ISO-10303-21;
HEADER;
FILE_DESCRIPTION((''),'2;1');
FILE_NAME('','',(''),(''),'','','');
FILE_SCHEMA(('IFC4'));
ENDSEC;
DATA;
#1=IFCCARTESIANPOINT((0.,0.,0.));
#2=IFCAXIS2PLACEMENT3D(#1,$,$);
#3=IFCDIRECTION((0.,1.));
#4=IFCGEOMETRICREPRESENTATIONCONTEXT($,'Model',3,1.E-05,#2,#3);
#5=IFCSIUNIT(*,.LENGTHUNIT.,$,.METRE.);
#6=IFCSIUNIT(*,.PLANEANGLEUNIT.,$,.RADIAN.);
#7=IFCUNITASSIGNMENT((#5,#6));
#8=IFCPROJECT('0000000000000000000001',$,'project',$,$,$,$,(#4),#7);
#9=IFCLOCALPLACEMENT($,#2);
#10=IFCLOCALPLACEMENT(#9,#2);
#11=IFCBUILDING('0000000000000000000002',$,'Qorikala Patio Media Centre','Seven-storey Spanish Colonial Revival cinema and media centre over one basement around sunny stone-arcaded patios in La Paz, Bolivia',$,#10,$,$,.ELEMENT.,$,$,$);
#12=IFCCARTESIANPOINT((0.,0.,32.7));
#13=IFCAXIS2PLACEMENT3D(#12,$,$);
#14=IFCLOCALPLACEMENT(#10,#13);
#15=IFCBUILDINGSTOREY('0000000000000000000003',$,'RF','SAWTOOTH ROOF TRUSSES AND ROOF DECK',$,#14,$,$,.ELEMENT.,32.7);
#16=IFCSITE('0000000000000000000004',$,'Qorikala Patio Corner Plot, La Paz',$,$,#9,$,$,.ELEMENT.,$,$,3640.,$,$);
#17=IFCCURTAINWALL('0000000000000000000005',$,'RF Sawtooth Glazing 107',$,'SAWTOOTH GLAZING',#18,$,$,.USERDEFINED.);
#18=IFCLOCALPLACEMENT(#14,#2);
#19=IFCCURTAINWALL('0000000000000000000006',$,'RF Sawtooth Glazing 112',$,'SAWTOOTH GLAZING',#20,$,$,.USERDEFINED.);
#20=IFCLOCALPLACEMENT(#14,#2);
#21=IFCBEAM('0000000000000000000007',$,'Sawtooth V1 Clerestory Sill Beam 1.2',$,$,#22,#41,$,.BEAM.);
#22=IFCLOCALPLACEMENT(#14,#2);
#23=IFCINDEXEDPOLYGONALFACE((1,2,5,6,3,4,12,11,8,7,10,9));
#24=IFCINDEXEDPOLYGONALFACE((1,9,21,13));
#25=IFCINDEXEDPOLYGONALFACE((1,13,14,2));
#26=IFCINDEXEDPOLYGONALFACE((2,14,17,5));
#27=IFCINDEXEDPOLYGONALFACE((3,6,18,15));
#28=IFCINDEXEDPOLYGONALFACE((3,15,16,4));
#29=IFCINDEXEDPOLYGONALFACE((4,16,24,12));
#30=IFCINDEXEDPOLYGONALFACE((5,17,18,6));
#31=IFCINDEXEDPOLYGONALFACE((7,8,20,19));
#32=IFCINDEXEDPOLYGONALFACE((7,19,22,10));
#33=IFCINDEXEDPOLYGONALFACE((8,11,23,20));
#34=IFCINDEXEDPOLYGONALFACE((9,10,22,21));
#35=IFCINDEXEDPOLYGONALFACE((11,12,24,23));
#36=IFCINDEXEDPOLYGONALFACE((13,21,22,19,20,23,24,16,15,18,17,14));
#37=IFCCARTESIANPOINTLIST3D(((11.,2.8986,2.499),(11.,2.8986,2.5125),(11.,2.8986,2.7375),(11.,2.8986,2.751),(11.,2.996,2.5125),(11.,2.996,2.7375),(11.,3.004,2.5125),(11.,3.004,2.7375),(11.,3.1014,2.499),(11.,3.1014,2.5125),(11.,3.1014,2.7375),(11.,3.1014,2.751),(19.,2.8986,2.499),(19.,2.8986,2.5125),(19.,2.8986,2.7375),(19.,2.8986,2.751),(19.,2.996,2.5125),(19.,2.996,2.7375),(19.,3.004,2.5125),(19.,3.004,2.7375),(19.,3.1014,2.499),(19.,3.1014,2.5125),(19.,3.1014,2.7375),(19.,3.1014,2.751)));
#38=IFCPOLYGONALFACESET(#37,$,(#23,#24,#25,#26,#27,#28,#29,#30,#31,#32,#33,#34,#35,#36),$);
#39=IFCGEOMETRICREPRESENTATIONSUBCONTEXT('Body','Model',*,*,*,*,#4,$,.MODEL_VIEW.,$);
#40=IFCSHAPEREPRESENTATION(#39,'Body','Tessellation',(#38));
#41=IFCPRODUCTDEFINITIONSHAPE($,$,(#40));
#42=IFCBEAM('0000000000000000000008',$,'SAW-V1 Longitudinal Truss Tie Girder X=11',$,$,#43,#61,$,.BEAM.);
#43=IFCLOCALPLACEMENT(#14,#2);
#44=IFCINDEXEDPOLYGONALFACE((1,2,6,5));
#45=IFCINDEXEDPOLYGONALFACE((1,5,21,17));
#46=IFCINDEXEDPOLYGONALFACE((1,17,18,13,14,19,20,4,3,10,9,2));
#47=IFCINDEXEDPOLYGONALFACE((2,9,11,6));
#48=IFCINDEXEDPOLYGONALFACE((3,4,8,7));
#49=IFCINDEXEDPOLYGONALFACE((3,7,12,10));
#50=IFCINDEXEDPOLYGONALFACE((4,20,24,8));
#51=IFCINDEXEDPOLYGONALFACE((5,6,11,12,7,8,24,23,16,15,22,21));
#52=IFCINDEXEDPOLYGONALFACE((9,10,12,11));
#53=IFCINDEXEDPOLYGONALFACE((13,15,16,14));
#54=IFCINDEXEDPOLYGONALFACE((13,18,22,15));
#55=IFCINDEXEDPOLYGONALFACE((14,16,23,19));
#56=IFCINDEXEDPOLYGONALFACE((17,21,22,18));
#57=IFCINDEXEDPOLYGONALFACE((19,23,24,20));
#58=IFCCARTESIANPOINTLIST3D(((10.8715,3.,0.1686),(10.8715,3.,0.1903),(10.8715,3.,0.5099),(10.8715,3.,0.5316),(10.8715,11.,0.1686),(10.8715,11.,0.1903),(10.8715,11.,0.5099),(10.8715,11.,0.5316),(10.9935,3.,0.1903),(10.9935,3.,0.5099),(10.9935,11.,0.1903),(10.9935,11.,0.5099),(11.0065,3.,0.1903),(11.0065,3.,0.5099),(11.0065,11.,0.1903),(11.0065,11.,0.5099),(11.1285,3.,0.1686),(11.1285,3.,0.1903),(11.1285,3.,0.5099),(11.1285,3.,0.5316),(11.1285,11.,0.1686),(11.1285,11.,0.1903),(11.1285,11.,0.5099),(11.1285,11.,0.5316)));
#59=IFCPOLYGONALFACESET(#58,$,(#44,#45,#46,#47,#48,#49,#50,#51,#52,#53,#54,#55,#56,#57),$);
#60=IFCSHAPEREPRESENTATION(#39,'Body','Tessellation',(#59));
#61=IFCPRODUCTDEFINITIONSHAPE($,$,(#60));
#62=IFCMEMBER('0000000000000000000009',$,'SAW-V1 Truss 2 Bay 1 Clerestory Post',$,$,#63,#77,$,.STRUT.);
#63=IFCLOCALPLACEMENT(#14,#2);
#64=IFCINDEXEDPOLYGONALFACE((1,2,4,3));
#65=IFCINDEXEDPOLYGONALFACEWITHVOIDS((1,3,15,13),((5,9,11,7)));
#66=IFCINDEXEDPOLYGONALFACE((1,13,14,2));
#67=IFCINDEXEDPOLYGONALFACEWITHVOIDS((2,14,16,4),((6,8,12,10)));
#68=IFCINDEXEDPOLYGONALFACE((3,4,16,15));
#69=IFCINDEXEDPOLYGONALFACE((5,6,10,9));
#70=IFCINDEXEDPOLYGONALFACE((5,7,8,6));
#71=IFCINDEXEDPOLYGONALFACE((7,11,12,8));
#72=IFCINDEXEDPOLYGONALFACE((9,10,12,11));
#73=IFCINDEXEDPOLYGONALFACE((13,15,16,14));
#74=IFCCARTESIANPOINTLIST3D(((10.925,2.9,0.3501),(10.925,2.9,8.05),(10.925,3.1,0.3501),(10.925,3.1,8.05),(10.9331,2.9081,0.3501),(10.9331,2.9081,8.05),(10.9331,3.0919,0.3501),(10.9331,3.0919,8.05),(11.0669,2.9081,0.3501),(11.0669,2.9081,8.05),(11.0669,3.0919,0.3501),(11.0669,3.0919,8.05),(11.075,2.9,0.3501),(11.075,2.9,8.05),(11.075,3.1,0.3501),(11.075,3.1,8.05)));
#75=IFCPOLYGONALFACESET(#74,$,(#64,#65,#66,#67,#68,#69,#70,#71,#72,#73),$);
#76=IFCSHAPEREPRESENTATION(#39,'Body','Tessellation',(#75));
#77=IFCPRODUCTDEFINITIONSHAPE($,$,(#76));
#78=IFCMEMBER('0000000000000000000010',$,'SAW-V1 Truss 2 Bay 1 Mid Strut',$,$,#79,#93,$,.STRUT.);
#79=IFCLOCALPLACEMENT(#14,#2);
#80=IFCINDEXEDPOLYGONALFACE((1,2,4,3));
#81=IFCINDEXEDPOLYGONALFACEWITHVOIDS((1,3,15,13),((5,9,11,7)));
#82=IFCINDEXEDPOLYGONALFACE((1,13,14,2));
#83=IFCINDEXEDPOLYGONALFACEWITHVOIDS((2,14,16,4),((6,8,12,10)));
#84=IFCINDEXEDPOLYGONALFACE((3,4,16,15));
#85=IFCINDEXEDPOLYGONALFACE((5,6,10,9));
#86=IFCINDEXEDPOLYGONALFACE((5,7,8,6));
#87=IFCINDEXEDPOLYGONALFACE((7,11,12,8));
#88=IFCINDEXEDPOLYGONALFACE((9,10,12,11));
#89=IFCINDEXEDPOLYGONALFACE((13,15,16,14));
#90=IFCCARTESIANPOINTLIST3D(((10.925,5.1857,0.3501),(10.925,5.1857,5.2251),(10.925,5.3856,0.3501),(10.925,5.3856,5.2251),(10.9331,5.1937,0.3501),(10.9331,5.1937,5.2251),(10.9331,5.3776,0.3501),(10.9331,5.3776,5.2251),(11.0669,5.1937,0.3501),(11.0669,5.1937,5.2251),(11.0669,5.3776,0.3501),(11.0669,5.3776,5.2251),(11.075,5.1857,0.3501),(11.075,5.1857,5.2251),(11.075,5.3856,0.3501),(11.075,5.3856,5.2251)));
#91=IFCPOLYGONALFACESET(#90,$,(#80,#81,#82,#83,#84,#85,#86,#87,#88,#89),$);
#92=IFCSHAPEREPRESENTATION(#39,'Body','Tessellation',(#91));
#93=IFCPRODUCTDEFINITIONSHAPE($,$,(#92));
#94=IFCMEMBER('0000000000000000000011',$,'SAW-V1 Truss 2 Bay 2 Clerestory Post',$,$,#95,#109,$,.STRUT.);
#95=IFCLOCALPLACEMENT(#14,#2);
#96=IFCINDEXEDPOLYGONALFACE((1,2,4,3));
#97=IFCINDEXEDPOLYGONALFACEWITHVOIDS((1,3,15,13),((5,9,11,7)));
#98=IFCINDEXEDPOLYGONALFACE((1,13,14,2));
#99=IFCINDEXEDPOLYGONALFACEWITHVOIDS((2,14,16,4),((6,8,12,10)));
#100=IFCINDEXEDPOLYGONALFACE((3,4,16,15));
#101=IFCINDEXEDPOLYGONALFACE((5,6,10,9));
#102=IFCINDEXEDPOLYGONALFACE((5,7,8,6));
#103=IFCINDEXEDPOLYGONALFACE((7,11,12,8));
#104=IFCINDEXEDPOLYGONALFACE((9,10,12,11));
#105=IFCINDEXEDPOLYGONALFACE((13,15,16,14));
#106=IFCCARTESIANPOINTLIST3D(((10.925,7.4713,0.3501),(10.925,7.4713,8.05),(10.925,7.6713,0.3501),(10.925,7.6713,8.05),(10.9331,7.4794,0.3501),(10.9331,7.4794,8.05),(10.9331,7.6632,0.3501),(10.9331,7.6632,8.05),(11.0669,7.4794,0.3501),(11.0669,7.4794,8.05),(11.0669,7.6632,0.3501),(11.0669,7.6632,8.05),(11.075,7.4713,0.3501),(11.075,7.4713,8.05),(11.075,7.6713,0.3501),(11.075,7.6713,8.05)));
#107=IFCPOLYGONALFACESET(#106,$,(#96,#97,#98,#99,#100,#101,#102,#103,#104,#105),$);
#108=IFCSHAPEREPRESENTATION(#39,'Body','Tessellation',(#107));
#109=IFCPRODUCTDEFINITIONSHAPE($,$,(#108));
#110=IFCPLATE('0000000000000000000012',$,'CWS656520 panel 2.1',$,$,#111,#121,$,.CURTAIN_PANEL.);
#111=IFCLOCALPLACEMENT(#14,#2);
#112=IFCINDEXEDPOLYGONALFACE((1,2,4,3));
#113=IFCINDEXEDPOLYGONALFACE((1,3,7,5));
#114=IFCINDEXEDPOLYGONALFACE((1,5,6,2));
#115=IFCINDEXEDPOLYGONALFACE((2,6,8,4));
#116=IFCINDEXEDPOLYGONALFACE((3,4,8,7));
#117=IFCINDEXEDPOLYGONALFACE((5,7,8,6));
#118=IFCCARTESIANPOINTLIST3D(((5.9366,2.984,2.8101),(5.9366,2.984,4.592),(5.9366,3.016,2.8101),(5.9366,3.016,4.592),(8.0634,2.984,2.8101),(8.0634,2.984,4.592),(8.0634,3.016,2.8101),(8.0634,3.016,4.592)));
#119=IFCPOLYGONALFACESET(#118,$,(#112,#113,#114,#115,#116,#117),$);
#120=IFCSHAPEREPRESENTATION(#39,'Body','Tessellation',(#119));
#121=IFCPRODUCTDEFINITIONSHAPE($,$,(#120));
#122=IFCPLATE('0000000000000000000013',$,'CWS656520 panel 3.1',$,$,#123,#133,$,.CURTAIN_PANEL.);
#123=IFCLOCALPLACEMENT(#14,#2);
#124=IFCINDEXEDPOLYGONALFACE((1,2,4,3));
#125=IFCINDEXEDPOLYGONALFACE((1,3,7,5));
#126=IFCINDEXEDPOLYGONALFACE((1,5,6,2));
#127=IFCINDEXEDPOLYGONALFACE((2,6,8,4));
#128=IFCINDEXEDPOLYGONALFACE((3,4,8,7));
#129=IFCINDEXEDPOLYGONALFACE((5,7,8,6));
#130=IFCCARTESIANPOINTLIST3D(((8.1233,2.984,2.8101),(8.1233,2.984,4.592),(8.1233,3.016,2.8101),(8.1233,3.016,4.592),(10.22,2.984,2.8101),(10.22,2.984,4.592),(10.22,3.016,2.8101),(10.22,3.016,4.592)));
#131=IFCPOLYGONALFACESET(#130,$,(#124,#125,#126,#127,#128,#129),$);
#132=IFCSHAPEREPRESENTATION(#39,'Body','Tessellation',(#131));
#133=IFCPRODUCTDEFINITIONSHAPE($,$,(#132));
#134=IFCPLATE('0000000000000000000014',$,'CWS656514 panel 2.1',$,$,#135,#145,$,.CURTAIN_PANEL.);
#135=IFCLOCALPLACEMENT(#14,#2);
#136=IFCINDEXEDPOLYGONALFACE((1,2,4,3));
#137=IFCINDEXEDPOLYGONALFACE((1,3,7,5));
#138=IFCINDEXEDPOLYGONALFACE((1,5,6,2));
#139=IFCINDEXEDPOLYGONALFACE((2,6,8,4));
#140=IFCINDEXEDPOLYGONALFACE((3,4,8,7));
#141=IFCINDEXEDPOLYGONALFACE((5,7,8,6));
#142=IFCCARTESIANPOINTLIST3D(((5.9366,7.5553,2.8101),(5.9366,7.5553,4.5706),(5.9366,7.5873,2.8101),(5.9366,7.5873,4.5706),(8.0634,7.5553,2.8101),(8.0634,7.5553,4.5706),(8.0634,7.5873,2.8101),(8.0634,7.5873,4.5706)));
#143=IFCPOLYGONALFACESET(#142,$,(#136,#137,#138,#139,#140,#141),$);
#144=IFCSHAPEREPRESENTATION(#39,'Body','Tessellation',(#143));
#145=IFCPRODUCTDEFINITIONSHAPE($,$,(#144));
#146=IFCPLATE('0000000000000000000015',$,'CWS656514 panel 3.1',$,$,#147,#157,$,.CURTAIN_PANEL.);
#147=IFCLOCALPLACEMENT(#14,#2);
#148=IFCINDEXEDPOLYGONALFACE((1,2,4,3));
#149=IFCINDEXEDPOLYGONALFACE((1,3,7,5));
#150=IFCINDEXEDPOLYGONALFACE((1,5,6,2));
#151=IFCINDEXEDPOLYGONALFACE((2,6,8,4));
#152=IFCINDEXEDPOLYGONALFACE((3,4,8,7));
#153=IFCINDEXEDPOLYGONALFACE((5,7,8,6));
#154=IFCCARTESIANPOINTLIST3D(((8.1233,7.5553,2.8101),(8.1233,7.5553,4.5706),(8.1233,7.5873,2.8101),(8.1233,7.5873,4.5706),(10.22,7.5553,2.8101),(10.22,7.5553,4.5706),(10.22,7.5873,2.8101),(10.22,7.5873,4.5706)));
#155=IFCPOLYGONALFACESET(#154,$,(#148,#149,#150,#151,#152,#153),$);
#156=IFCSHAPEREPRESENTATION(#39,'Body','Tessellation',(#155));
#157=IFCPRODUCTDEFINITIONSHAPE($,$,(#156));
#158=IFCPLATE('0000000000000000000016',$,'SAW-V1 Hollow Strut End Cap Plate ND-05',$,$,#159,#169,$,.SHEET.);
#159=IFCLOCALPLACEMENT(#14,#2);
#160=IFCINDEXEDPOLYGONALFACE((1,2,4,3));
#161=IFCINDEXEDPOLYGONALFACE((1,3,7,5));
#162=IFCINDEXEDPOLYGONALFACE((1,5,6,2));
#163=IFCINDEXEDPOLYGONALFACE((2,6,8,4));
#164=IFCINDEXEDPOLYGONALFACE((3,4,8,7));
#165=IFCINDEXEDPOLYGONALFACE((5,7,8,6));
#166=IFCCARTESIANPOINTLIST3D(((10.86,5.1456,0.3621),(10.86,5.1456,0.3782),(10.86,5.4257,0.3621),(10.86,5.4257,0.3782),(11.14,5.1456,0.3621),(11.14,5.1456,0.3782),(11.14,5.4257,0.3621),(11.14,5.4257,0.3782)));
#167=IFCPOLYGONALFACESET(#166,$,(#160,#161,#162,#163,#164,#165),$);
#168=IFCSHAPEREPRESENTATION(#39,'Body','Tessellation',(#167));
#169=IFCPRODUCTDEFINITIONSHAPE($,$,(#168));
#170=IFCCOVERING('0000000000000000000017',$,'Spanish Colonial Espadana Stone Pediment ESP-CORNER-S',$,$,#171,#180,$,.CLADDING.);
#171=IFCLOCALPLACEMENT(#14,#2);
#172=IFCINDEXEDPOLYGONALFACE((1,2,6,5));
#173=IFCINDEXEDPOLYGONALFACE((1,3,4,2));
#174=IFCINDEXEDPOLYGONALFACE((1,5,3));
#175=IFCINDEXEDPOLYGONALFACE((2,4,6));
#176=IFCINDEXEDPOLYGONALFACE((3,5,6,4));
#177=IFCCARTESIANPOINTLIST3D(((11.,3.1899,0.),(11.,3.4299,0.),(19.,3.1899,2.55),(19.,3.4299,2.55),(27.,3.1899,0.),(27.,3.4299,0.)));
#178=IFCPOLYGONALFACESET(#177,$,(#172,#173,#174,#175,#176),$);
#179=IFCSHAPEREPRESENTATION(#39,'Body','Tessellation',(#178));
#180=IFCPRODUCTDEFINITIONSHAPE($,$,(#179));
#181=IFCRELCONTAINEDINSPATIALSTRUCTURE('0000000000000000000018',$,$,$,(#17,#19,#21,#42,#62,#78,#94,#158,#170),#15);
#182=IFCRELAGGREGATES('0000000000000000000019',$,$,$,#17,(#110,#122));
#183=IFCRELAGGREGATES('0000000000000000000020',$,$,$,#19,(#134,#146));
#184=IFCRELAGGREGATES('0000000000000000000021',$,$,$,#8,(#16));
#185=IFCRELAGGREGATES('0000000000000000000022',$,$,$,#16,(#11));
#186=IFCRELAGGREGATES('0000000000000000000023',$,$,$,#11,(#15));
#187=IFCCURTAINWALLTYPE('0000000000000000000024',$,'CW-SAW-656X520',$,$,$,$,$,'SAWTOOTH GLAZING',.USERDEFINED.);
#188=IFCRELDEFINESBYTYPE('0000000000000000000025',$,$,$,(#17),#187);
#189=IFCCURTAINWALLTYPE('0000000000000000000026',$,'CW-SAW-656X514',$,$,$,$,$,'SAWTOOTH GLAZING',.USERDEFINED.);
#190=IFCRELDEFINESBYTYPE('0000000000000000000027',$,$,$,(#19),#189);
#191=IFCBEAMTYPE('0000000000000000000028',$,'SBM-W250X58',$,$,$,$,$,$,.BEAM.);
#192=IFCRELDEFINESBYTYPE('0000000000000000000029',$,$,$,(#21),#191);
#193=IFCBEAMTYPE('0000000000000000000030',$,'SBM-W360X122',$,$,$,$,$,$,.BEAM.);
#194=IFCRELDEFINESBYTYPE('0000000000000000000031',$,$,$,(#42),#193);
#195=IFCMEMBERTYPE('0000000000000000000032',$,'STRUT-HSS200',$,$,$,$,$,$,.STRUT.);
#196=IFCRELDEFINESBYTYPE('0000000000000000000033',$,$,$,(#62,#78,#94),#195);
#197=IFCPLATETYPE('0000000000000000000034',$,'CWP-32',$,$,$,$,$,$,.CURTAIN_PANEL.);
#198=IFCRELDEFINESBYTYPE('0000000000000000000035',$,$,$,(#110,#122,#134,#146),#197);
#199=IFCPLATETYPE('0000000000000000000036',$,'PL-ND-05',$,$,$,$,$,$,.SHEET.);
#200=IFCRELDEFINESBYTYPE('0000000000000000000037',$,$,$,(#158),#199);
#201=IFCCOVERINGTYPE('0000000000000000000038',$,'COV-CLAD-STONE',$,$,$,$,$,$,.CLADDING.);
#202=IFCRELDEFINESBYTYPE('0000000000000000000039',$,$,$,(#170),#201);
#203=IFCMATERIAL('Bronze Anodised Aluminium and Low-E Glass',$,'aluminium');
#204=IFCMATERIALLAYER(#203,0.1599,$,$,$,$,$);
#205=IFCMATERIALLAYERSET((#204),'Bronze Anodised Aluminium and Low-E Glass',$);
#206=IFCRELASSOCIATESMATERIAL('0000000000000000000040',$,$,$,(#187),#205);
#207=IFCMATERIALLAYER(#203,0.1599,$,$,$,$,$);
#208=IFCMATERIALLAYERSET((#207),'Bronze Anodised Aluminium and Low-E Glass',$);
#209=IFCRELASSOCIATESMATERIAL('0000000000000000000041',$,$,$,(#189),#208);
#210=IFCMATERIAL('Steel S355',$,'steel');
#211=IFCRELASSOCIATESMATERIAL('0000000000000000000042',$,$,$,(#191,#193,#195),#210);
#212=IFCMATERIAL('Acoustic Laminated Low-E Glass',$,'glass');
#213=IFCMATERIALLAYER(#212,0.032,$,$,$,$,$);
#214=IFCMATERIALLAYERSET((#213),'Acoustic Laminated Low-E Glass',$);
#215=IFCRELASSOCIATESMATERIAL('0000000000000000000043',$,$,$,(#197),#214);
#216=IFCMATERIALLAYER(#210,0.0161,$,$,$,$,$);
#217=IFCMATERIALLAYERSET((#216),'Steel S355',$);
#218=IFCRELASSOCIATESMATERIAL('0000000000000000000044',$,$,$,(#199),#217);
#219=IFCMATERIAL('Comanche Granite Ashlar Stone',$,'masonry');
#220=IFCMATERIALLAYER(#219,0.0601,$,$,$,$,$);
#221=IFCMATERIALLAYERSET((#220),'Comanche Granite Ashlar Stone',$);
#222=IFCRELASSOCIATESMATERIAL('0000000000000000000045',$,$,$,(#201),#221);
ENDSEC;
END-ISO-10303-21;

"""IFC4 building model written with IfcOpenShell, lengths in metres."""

from ifc_helpers import new_model, si_unit, direction, frame, origin, origin_2d, place, context, subcontext, project, spatial, polyline, rectangle, hollow_rectangle, i_section, outline, extrude, material, layer, layer_set, material_profile, profile_set, type_object, element, aggregate, save


model = new_model("IFC4")

# Units and contexts
model_context = context("Model", 3, precision=1e-05, world=origin(), true_north=direction((0.0, 1.0)))
body_context = subcontext(model_context, "Body", "Model", "MODEL_VIEW")
ifc_project = project(units=[si_unit("LENGTHUNIT", "METRE"), si_unit("PLANEANGLEUNIT", "RADIAN")], contexts=[model_context])

# Site, building, storey
site_placement = place(None, origin())
site = spatial("IfcSite", under=ifc_project, at=site_placement, Name="Qorikala Patio Corner Plot, La Paz", CompositionType="ELEMENT", RefElevation=3640.0)
building_placement = place(site_placement, origin())
building = spatial("IfcBuilding", under=site, at=building_placement, Name="Qorikala Patio Media Centre", Description="Seven-storey Spanish Colonial Revival cinema and media centre over one basement around sunny stone-arcaded patios in La Paz, Bolivia", CompositionType="ELEMENT")
storey_placement = place(building_placement, frame((0.0, 0.0, 32.7)))
storey = spatial("IfcBuildingStorey", under=building, at=storey_placement, Name="RF", Description="SAWTOOTH ROOF TRUSSES AND ROOF DECK", CompositionType="ELEMENT", Elevation=32.7)

# Shared definitions
ifc_material_1 = material(Name="Steel S355", Category="steel")

# Curtain walls
ifc_material_2 = material(Name="Bronze Anodised Aluminium and Low-E Glass", Category="aluminium")
ifc_layer_1 = layer(ifc_material_2, 0.1599)
ifc_layer_set_1 = layer_set([ifc_layer_1], Name="Bronze Anodised Aluminium and Low-E Glass")
curtain_wall_type_1 = type_object("IfcCurtainWallType", Name="CW-SAW-656X520", ElementType="SAWTOOTH GLAZING", PredefinedType="USERDEFINED", material=ifc_layer_set_1)
curtain_wall_1_placement = place(storey_placement, origin())
curtain_wall_1 = element("IfcCurtainWall", 1, at=curtain_wall_1_placement, inside=storey, type_object=curtain_wall_type_1, Name="RF Sawtooth Glazing 107", ObjectType="SAWTOOTH GLAZING", PredefinedType="USERDEFINED")
ifc_layer_2 = layer(ifc_material_2, 0.1599)
ifc_layer_set_2 = layer_set([ifc_layer_2], Name="Bronze Anodised Aluminium and Low-E Glass")
curtain_wall_type_2 = type_object("IfcCurtainWallType", Name="CW-SAW-656X514", ElementType="SAWTOOTH GLAZING", PredefinedType="USERDEFINED", material=ifc_layer_set_2)
curtain_wall_2_placement = place(storey_placement, origin())
curtain_wall_2 = element("IfcCurtainWall", 2, at=curtain_wall_2_placement, inside=storey, type_object=curtain_wall_type_2, Name="RF Sawtooth Glazing 112", ObjectType="SAWTOOTH GLAZING", PredefinedType="USERDEFINED")

# Beams
ifc_material_profile_1 = material_profile(ifc_material_1, i_section(OverallWidth=0.2029, OverallDepth=0.252, WebThickness=0.0081, FlangeThickness=0.0134, at=origin_2d()), Name="W250X58")
ifc_profile_set_1 = profile_set([ifc_material_profile_1], Name="Steel S355")
beam_type_1 = type_object("IfcBeamType", Name="SBM-W250X58", PredefinedType="BEAM", material=ifc_profile_set_1)
beam_1_placement = place(storey_placement, frame((11.0, 3.0, 2.625), z_axis=(1.0, 0.0, 0.0), x_axis=(0.0, 1.0, 0.0)))
element("IfcBeam", 3, at=beam_1_placement, inside=storey, type_object=beam_type_1, Name="Sawtooth V1 Clerestory Sill Beam 1.2", PredefinedType="BEAM", context=body_context, shape_type="SweptSolid", body=[
    extrude(i_section(OverallWidth=0.2029, OverallDepth=0.252, WebThickness=0.0081, FlangeThickness=0.0134, at=origin_2d()), origin(), (0.0, 0.0, 1.0), 8.0),
])
ifc_material_profile_2 = material_profile(ifc_material_1, i_section(OverallWidth=0.2571, OverallDepth=0.363, WebThickness=0.0129, FlangeThickness=0.0217, at=origin_2d()), Name="W360X122")
ifc_profile_set_2 = profile_set([ifc_material_profile_2], Name="Steel S355")
beam_type_2 = type_object("IfcBeamType", Name="SBM-W360X122", PredefinedType="BEAM", material=ifc_profile_set_2)
beam_2_placement = place(storey_placement, frame((11.0, 3.0, 0.3501), z_axis=(0.0, 1.0, 0.0), x_axis=(-1.0, 0.0, 0.0)))
element("IfcBeam", 4, at=beam_2_placement, inside=storey, type_object=beam_type_2, Name="SAW-V1 Longitudinal Truss Tie Girder X=11", PredefinedType="BEAM", context=body_context, shape_type="SweptSolid", body=[
    extrude(i_section(OverallWidth=0.2571, OverallDepth=0.363, WebThickness=0.0129, FlangeThickness=0.0217, at=origin_2d()), origin(), (0.0, 0.0, 1.0), 8.0),
])

# Members
ifc_material_profile_3 = material_profile(ifc_material_1, hollow_rectangle(XDim=0.1499, YDim=0.2, WallThickness=0.0081, at=origin_2d()), Name="HSS200X150X8")
ifc_profile_set_3 = profile_set([ifc_material_profile_3], Name="Steel S355")
member_type_1 = type_object("IfcMemberType", Name="STRUT-HSS200", PredefinedType="STRUT", material=ifc_profile_set_3)
member_1_placement = place(storey_placement, frame((11.0, 3.0, 0.3501), z_axis=(0.0, 0.0, 1.0), x_axis=(1.0, 0.0, 0.0)))
element("IfcMember", 5, at=member_1_placement, inside=storey, type_object=member_type_1, Name="SAW-V1 Truss 2 Bay 1 Clerestory Post", PredefinedType="STRUT", context=body_context, shape_type="SweptSolid", body=[
    extrude(hollow_rectangle(XDim=0.1499, YDim=0.2, WallThickness=0.0081, at=origin_2d()), origin(), (0.0, 0.0, 1.0), 7.7),
])
member_2_placement = place(storey_placement, frame((11.0, 5.2856, 0.3501), z_axis=(0.0, 0.0, 1.0), x_axis=(1.0, 0.0, 0.0)))
element("IfcMember", 6, at=member_2_placement, inside=storey, type_object=member_type_1, Name="SAW-V1 Truss 2 Bay 1 Mid Strut", PredefinedType="STRUT", context=body_context, shape_type="SweptSolid", body=[
    extrude(hollow_rectangle(XDim=0.1499, YDim=0.2, WallThickness=0.0081, at=origin_2d()), origin(), (0.0, 0.0, 1.0), 4.875),
])
member_3_placement = place(storey_placement, frame((11.0, 7.5713, 0.3501), z_axis=(0.0, 0.0, 1.0), x_axis=(1.0, 0.0, 0.0)))
element("IfcMember", 7, at=member_3_placement, inside=storey, type_object=member_type_1, Name="SAW-V1 Truss 2 Bay 2 Clerestory Post", PredefinedType="STRUT", context=body_context, shape_type="SweptSolid", body=[
    extrude(hollow_rectangle(XDim=0.1499, YDim=0.2, WallThickness=0.0081, at=origin_2d()), origin(), (0.0, 0.0, 1.0), 7.7),
])

# Plates
ifc_material_3 = material(Name="Acoustic Laminated Low-E Glass", Category="glass")
ifc_layer_3 = layer(ifc_material_3, 0.032)
ifc_layer_set_3 = layer_set([ifc_layer_3], Name="Acoustic Laminated Low-E Glass")
plate_type_1 = type_object("IfcPlateType", Name="CWP-32", PredefinedType="CURTAIN_PANEL", material=ifc_layer_set_3)
plate_1_placement = place(storey_placement, frame((7.0, 3.0, 2.8101), z_axis=(0.0, 0.0, 1.0), x_axis=(1.0, 0.0, 0.0)))
plate_1 = element("IfcPlate", 8, at=plate_1_placement, type_object=plate_type_1, Name="CWS656520 panel 2.1", PredefinedType="CURTAIN_PANEL", context=body_context, shape_type="SweptSolid", body=[
    extrude(rectangle(XDim=2.1267, YDim=0.032, at=origin_2d()), origin(), (0.0, 0.0, 1.0), 1.782),
])
plate_2_placement = place(storey_placement, frame((9.1716, 3.0, 2.8101), z_axis=(0.0, 0.0, 1.0), x_axis=(1.0, 0.0, 0.0)))
plate_2 = element("IfcPlate", 9, at=plate_2_placement, type_object=plate_type_1, Name="CWS656520 panel 3.1", PredefinedType="CURTAIN_PANEL", context=body_context, shape_type="SweptSolid", body=[
    extrude(rectangle(XDim=2.0967, YDim=0.032, at=origin_2d()), origin(), (0.0, 0.0, 1.0), 1.782),
])
aggregate(curtain_wall_1, [plate_1, plate_2])
plate_3_placement = place(storey_placement, frame((7.0, 7.5713, 2.8101), z_axis=(0.0, 0.0, 1.0), x_axis=(1.0, 0.0, 0.0)))
plate_3 = element("IfcPlate", 10, at=plate_3_placement, type_object=plate_type_1, Name="CWS656514 panel 2.1", PredefinedType="CURTAIN_PANEL", context=body_context, shape_type="SweptSolid", body=[
    extrude(rectangle(XDim=2.1267, YDim=0.032, at=origin_2d()), origin(), (0.0, 0.0, 1.0), 1.7605),
])
plate_4_placement = place(storey_placement, frame((9.1716, 7.5713, 2.8101), z_axis=(0.0, 0.0, 1.0), x_axis=(1.0, 0.0, 0.0)))
plate_4 = element("IfcPlate", 11, at=plate_4_placement, type_object=plate_type_1, Name="CWS656514 panel 3.1", PredefinedType="CURTAIN_PANEL", context=body_context, shape_type="SweptSolid", body=[
    extrude(rectangle(XDim=2.0967, YDim=0.032, at=origin_2d()), origin(), (0.0, 0.0, 1.0), 1.7605),
])
aggregate(curtain_wall_2, [plate_3, plate_4])
ifc_layer_4 = layer(ifc_material_1, 0.0161)
ifc_layer_set_4 = layer_set([ifc_layer_4], Name="Steel S355")
plate_type_2 = type_object("IfcPlateType", Name="PL-ND-05", PredefinedType="SHEET", material=ifc_layer_set_4)
plate_5_placement = place(storey_placement, frame((11.0, 5.2856, 0.3621), z_axis=(0.0, 0.0, 1.0), x_axis=(1.0, 0.0, 0.0)))
element("IfcPlate", 12, at=plate_5_placement, inside=storey, type_object=plate_type_2, Name="SAW-V1 Hollow Strut End Cap Plate ND-05", PredefinedType="SHEET", context=body_context, shape_type="SweptSolid", body=[
    extrude(rectangle(XDim=0.28, YDim=0.28, at=origin_2d()), origin(), (0.0, 0.0, 1.0), 0.0161),
])

# Covering
ifc_material_4 = material(Name="Comanche Granite Ashlar Stone", Category="masonry")
ifc_layer_5 = layer(ifc_material_4, 0.0601)
ifc_layer_set_5 = layer_set([ifc_layer_5], Name="Comanche Granite Ashlar Stone")
covering_type = type_object("IfcCoveringType", Name="COV-CLAD-STONE", PredefinedType="CLADDING", material=ifc_layer_set_5)
covering_placement = place(storey_placement, frame((11.0, 3.1899, 0.0), z_axis=(0.0, -1.0, 0.0), x_axis=(1.0, 0.0, 0.0)))
element("IfcCovering", 13, at=covering_placement, inside=storey, type_object=covering_type, Name="Spanish Colonial Espadana Stone Pediment ESP-CORNER-S", PredefinedType="CLADDING", context=body_context, shape_type="SweptSolid", body=[
    extrude(outline(polyline([(0.0, 0.0), (16.0, 0.0), (8.0, 2.55), (0.0, 0.0)])), origin(), (0.0, 0.0, -1.0), 0.24),
])

save(model, "model.ifc")
